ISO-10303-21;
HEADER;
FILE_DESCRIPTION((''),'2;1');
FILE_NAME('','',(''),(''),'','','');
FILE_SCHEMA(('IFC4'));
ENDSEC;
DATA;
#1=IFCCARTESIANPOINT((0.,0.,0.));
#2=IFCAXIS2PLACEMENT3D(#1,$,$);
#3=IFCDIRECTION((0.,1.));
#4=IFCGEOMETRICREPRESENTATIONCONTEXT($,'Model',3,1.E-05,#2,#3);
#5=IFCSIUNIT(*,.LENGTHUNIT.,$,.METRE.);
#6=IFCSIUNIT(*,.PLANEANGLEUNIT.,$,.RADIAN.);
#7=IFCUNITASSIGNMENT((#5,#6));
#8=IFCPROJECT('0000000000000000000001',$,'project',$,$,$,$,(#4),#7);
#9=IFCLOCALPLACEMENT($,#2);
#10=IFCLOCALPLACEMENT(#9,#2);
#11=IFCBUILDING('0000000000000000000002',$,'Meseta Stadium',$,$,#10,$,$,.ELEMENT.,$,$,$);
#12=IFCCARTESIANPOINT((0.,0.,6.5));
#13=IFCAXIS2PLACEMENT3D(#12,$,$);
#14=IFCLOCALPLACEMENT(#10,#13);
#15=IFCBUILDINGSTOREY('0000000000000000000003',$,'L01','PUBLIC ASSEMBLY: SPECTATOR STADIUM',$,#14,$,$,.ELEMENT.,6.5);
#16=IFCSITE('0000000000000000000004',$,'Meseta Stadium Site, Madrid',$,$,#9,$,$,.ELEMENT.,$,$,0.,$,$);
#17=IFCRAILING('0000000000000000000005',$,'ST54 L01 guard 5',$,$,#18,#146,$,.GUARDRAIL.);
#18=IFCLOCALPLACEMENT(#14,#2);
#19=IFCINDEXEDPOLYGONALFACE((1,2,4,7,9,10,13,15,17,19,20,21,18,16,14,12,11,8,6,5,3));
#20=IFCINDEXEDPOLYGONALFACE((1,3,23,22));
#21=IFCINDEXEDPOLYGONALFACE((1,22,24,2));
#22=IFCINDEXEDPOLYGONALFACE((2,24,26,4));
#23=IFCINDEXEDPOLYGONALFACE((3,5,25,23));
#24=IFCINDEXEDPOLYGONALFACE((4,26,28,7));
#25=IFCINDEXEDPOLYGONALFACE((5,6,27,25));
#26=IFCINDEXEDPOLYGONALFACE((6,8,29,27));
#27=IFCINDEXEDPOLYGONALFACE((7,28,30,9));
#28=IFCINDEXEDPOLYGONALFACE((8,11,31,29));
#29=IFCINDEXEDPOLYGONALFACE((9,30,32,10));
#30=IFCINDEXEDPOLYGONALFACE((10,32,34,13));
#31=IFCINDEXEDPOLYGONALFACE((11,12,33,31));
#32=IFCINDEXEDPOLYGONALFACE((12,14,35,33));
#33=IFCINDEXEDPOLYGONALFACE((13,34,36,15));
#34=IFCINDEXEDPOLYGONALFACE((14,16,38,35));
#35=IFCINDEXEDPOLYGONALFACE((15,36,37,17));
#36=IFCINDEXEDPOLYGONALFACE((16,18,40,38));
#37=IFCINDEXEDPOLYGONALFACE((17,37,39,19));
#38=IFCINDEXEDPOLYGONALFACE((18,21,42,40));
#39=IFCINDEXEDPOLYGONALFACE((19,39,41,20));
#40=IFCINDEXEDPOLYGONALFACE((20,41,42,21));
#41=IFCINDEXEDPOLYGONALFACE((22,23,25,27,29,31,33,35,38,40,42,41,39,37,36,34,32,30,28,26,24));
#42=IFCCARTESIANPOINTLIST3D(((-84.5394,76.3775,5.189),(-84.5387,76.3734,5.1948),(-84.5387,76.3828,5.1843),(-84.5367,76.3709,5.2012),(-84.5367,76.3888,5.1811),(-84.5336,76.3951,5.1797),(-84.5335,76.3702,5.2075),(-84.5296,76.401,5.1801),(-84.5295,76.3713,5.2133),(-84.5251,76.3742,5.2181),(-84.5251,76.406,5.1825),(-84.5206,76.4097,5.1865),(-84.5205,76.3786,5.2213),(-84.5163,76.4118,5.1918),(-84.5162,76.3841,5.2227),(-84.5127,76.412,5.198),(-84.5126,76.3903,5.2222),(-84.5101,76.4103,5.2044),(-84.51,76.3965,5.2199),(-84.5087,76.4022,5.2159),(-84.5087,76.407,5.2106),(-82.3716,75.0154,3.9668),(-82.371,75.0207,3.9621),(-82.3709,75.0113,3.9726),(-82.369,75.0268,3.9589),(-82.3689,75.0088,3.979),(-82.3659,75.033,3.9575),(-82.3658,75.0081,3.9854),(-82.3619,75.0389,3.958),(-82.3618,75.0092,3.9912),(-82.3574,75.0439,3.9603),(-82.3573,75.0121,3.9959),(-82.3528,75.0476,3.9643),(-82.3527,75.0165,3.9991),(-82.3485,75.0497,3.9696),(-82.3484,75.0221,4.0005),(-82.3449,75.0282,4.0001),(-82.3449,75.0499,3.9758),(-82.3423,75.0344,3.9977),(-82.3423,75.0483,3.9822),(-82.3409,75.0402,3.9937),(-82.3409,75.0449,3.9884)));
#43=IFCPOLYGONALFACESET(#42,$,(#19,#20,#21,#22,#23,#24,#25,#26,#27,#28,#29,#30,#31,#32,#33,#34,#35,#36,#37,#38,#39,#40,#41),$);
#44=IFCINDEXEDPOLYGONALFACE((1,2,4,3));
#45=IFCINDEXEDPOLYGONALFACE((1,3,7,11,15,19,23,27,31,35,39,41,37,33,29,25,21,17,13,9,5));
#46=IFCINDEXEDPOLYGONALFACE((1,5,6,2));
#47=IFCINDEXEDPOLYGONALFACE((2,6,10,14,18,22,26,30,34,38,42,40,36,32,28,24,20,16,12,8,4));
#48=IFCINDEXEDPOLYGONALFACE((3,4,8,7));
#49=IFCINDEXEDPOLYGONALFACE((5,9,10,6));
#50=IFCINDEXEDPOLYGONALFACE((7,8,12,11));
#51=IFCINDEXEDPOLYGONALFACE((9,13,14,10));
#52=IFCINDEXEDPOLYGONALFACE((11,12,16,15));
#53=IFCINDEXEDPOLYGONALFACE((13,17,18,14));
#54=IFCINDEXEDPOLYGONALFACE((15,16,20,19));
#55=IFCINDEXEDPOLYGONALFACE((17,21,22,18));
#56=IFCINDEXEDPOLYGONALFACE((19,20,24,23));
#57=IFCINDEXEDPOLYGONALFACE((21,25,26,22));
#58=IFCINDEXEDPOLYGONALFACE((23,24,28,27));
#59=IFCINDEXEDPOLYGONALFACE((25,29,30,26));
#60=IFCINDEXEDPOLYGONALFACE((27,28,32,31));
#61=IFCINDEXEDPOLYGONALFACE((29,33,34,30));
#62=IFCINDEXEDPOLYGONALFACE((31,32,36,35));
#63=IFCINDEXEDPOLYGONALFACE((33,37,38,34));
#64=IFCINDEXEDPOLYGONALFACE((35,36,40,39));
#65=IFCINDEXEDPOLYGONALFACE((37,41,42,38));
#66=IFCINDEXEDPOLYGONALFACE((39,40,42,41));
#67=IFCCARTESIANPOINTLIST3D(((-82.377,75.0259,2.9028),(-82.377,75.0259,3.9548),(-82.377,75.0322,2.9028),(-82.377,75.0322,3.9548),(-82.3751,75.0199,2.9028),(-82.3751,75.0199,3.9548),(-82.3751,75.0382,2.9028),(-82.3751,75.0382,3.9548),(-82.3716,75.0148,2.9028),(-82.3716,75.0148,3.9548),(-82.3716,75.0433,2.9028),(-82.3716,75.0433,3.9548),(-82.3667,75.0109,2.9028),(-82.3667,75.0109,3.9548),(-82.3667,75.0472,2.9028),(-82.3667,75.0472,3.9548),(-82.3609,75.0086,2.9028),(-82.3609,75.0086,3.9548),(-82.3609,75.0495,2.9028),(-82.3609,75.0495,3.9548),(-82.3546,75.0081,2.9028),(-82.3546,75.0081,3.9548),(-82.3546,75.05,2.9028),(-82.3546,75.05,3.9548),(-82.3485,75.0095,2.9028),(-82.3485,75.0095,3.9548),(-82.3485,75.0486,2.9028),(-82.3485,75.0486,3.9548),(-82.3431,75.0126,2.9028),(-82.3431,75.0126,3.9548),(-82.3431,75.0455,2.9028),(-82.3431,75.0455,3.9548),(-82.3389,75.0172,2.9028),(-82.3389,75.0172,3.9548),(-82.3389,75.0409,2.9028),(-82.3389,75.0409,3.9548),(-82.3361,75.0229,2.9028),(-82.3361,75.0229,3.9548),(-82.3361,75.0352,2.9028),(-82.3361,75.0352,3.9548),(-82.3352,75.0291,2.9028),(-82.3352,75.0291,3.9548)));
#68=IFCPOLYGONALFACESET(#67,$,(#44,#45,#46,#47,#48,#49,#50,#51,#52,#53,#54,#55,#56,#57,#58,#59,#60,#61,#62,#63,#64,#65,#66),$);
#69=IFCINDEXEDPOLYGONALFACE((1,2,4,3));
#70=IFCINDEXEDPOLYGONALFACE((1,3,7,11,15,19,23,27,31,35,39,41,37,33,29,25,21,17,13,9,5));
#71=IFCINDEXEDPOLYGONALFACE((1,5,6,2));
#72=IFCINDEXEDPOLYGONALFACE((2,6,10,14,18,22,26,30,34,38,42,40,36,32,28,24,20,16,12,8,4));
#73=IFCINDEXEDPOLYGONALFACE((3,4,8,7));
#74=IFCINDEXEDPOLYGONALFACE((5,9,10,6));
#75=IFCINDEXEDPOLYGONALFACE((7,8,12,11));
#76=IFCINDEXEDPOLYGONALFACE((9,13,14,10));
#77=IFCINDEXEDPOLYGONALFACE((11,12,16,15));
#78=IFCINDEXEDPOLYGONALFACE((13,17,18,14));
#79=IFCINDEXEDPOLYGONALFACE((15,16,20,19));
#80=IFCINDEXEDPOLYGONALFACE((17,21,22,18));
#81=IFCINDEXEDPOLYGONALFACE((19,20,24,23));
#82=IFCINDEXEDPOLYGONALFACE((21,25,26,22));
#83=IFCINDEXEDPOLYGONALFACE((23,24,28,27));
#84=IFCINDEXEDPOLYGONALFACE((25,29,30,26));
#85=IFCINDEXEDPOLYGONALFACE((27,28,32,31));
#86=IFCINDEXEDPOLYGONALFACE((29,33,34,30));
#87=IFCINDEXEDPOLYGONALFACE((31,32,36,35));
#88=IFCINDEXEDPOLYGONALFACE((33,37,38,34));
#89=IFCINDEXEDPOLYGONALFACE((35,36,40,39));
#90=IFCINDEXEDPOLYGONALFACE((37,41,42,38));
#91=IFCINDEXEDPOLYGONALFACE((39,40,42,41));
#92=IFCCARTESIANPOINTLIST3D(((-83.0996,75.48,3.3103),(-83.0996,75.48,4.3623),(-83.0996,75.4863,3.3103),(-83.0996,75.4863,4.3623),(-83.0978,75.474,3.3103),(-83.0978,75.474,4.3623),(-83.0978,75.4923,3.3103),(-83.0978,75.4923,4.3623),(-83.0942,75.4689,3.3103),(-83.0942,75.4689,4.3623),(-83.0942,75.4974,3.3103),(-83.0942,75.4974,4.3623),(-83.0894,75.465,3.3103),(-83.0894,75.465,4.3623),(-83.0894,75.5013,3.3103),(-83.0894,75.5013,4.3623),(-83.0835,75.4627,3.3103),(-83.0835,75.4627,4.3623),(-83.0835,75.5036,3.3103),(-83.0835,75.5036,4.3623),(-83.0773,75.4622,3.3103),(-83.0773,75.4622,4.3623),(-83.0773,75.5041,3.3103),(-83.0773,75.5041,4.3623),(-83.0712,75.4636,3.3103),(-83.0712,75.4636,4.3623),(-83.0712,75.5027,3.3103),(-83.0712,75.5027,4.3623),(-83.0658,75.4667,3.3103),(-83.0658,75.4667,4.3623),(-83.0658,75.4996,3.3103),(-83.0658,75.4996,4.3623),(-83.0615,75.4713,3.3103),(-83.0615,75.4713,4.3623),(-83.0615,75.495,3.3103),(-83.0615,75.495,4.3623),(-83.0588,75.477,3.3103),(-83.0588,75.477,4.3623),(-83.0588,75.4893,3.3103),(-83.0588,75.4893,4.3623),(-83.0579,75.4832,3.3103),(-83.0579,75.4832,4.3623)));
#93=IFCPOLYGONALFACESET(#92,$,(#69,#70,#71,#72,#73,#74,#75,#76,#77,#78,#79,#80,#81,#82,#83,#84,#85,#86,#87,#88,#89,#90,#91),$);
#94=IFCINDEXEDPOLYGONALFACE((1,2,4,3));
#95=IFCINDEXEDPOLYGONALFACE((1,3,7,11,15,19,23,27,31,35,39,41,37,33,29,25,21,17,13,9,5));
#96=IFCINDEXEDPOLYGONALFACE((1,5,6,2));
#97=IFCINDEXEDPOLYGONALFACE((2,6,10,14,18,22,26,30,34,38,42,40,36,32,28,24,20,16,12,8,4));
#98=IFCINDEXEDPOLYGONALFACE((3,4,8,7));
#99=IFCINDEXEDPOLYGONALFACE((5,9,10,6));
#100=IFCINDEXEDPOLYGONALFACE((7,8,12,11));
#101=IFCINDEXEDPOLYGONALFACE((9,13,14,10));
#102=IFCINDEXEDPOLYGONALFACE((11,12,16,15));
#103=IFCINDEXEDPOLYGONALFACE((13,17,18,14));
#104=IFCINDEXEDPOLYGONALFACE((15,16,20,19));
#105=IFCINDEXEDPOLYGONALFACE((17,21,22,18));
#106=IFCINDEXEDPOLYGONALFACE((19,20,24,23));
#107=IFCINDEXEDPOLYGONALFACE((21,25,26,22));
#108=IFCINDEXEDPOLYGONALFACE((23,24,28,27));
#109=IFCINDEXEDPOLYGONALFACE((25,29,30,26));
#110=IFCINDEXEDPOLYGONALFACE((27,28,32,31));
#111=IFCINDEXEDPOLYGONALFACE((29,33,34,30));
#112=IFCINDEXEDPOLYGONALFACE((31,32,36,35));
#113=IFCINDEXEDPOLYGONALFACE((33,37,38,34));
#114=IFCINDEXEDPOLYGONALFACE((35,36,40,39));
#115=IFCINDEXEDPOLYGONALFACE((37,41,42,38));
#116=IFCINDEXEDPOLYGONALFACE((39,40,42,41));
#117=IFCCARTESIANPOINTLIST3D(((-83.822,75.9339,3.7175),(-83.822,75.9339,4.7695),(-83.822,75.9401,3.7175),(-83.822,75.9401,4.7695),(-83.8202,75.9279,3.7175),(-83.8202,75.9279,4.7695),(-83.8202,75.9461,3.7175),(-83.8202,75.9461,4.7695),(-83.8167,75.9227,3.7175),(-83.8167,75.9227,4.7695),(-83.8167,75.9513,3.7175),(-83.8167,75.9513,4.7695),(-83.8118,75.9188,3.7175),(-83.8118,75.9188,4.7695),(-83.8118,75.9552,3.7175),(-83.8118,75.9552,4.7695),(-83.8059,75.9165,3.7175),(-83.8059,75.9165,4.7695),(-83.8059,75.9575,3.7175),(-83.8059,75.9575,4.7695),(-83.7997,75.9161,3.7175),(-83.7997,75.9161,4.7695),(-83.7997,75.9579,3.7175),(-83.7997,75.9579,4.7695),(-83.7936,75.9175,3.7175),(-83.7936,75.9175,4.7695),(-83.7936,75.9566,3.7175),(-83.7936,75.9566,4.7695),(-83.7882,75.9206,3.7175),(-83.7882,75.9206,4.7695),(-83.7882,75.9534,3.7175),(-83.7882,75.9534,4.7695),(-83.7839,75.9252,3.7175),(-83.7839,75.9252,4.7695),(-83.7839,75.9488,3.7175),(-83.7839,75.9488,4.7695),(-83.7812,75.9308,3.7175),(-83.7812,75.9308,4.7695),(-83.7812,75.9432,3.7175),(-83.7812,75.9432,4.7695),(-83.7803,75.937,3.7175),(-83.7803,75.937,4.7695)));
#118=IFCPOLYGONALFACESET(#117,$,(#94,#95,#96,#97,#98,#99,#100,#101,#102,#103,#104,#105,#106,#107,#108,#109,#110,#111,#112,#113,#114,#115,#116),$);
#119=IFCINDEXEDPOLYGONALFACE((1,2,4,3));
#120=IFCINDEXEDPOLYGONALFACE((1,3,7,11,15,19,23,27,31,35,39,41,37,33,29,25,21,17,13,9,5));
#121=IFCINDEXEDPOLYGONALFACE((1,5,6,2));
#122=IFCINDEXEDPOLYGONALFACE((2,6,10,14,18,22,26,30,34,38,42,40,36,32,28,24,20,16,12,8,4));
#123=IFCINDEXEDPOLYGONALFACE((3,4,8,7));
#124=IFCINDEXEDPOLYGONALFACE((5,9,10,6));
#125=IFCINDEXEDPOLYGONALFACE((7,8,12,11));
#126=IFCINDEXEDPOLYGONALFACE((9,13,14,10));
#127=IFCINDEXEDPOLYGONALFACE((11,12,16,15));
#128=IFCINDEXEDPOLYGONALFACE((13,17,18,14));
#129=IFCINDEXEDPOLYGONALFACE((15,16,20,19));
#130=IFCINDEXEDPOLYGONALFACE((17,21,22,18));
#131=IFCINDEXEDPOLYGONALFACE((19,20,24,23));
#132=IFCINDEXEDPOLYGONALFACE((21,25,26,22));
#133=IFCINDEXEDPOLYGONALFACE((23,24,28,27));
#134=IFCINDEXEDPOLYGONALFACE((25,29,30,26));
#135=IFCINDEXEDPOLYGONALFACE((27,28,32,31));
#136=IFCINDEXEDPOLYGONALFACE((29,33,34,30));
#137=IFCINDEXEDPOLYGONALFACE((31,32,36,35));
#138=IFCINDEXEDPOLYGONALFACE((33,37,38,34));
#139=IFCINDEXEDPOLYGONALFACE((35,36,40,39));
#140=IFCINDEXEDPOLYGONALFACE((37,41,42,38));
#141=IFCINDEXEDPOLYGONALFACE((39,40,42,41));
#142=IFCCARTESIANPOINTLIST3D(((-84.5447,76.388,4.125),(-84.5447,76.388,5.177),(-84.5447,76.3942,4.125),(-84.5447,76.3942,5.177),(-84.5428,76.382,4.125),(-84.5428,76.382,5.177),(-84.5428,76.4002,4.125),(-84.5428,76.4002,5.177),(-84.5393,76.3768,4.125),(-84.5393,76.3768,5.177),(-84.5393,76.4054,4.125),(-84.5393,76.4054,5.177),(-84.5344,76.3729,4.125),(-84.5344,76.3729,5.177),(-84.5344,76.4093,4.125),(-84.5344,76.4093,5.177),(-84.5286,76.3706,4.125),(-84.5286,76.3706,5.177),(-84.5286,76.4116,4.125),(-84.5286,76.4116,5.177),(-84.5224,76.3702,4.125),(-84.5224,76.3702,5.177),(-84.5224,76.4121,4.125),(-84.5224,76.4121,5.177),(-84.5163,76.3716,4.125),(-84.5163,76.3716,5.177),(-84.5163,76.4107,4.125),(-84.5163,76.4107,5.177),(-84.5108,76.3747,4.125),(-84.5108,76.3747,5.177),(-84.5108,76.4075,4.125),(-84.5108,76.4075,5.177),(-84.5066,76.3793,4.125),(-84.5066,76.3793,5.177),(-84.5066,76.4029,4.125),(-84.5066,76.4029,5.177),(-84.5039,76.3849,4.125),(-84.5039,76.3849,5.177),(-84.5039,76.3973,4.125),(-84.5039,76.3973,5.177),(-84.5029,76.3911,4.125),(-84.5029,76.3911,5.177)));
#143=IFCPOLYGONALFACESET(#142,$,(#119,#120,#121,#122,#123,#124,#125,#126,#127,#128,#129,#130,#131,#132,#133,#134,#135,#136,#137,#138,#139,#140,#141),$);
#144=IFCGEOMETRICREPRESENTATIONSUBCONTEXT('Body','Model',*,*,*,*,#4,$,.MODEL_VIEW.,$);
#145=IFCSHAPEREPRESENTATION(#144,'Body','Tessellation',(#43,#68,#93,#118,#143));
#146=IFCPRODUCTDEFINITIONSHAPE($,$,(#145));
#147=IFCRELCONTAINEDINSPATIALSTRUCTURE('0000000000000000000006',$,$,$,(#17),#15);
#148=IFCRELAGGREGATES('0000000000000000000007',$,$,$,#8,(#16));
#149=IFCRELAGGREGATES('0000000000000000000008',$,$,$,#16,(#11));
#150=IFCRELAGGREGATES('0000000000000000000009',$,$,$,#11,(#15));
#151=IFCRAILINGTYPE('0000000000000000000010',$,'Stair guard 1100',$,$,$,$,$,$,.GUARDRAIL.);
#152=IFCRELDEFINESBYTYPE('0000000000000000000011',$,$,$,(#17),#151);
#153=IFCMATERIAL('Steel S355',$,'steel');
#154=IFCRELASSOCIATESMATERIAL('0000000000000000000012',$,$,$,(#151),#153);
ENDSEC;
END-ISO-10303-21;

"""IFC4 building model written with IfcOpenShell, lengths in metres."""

from ifc_helpers import new_model, si_unit, direction, frame, origin, origin_2d, place, context, subcontext, project, spatial, circle, extrude, material, type_object, element, save


model = new_model("IFC4")

# Units and contexts
model_context = context("Model", 3, precision=1e-05, world=origin(), true_north=direction((0.0, 1.0)))
body_context = subcontext(model_context, "Body", "Model", "MODEL_VIEW")
ifc_project = project(units=[si_unit("LENGTHUNIT", "METRE"), si_unit("PLANEANGLEUNIT", "RADIAN")], contexts=[model_context])

# Site, building, storey
site_placement = place(None, origin())
site = spatial("IfcSite", under=ifc_project, at=site_placement, Name="Meseta Stadium Site, Madrid", CompositionType="ELEMENT", RefElevation=0.0)
building_placement = place(site_placement, origin())
building = spatial("IfcBuilding", under=site, at=building_placement, Name="Meseta Stadium", CompositionType="ELEMENT")
storey_placement = place(building_placement, frame((0.0, 0.0, 6.5)))
storey = spatial("IfcBuildingStorey", under=building, at=storey_placement, Name="L01", Description="PUBLIC ASSEMBLY: SPECTATOR STADIUM", CompositionType="ELEMENT", Elevation=6.5)

# Railing
ifc_material_1 = material(Name="Steel S355", Category="steel")
railing_type_1 = type_object("IfcRailingType", Name="Stair guard 1100", PredefinedType="GUARDRAIL", material=ifc_material_1)
railing_1_placement = place(storey_placement, frame((-82.3562, 75.0291, 2.9028)))
element("IfcRailing", 1, at=railing_1_placement, inside=storey, type_object=railing_type_1, Name="ST54 L01 guard 5", PredefinedType="GUARDRAIL", context=body_context, shape_type="SweptSolid", body=[
    extrude(circle(Radius=0.0239, at=origin_2d()), frame((0.0, 0.0, 1.0762), z_axis=(-0.764121, 0.480125, 0.430813), x_axis=(-0.532029, -0.846726, 0.0)), (0.0, 0.0, 1.0), 2.8369),
    extrude(circle(Radius=0.021, at=origin_2d()), origin(), (0.0, 0.0, 1.0), 1.052),
    extrude(circle(Radius=0.021, at=origin_2d()), frame((-0.7227, 0.4541, 0.4075)), (0.0, 0.0, 1.0), 1.052),
    extrude(circle(Radius=0.021, at=origin_2d()), frame((-1.4451, 0.908, 0.8147)), (0.0, 0.0, 1.0), 1.052),
    extrude(circle(Radius=0.021, at=origin_2d()), frame((-2.1677, 1.3621, 1.2222)), (0.0, 0.0, 1.0), 1.052),
])

save(model, "model.ifc")
